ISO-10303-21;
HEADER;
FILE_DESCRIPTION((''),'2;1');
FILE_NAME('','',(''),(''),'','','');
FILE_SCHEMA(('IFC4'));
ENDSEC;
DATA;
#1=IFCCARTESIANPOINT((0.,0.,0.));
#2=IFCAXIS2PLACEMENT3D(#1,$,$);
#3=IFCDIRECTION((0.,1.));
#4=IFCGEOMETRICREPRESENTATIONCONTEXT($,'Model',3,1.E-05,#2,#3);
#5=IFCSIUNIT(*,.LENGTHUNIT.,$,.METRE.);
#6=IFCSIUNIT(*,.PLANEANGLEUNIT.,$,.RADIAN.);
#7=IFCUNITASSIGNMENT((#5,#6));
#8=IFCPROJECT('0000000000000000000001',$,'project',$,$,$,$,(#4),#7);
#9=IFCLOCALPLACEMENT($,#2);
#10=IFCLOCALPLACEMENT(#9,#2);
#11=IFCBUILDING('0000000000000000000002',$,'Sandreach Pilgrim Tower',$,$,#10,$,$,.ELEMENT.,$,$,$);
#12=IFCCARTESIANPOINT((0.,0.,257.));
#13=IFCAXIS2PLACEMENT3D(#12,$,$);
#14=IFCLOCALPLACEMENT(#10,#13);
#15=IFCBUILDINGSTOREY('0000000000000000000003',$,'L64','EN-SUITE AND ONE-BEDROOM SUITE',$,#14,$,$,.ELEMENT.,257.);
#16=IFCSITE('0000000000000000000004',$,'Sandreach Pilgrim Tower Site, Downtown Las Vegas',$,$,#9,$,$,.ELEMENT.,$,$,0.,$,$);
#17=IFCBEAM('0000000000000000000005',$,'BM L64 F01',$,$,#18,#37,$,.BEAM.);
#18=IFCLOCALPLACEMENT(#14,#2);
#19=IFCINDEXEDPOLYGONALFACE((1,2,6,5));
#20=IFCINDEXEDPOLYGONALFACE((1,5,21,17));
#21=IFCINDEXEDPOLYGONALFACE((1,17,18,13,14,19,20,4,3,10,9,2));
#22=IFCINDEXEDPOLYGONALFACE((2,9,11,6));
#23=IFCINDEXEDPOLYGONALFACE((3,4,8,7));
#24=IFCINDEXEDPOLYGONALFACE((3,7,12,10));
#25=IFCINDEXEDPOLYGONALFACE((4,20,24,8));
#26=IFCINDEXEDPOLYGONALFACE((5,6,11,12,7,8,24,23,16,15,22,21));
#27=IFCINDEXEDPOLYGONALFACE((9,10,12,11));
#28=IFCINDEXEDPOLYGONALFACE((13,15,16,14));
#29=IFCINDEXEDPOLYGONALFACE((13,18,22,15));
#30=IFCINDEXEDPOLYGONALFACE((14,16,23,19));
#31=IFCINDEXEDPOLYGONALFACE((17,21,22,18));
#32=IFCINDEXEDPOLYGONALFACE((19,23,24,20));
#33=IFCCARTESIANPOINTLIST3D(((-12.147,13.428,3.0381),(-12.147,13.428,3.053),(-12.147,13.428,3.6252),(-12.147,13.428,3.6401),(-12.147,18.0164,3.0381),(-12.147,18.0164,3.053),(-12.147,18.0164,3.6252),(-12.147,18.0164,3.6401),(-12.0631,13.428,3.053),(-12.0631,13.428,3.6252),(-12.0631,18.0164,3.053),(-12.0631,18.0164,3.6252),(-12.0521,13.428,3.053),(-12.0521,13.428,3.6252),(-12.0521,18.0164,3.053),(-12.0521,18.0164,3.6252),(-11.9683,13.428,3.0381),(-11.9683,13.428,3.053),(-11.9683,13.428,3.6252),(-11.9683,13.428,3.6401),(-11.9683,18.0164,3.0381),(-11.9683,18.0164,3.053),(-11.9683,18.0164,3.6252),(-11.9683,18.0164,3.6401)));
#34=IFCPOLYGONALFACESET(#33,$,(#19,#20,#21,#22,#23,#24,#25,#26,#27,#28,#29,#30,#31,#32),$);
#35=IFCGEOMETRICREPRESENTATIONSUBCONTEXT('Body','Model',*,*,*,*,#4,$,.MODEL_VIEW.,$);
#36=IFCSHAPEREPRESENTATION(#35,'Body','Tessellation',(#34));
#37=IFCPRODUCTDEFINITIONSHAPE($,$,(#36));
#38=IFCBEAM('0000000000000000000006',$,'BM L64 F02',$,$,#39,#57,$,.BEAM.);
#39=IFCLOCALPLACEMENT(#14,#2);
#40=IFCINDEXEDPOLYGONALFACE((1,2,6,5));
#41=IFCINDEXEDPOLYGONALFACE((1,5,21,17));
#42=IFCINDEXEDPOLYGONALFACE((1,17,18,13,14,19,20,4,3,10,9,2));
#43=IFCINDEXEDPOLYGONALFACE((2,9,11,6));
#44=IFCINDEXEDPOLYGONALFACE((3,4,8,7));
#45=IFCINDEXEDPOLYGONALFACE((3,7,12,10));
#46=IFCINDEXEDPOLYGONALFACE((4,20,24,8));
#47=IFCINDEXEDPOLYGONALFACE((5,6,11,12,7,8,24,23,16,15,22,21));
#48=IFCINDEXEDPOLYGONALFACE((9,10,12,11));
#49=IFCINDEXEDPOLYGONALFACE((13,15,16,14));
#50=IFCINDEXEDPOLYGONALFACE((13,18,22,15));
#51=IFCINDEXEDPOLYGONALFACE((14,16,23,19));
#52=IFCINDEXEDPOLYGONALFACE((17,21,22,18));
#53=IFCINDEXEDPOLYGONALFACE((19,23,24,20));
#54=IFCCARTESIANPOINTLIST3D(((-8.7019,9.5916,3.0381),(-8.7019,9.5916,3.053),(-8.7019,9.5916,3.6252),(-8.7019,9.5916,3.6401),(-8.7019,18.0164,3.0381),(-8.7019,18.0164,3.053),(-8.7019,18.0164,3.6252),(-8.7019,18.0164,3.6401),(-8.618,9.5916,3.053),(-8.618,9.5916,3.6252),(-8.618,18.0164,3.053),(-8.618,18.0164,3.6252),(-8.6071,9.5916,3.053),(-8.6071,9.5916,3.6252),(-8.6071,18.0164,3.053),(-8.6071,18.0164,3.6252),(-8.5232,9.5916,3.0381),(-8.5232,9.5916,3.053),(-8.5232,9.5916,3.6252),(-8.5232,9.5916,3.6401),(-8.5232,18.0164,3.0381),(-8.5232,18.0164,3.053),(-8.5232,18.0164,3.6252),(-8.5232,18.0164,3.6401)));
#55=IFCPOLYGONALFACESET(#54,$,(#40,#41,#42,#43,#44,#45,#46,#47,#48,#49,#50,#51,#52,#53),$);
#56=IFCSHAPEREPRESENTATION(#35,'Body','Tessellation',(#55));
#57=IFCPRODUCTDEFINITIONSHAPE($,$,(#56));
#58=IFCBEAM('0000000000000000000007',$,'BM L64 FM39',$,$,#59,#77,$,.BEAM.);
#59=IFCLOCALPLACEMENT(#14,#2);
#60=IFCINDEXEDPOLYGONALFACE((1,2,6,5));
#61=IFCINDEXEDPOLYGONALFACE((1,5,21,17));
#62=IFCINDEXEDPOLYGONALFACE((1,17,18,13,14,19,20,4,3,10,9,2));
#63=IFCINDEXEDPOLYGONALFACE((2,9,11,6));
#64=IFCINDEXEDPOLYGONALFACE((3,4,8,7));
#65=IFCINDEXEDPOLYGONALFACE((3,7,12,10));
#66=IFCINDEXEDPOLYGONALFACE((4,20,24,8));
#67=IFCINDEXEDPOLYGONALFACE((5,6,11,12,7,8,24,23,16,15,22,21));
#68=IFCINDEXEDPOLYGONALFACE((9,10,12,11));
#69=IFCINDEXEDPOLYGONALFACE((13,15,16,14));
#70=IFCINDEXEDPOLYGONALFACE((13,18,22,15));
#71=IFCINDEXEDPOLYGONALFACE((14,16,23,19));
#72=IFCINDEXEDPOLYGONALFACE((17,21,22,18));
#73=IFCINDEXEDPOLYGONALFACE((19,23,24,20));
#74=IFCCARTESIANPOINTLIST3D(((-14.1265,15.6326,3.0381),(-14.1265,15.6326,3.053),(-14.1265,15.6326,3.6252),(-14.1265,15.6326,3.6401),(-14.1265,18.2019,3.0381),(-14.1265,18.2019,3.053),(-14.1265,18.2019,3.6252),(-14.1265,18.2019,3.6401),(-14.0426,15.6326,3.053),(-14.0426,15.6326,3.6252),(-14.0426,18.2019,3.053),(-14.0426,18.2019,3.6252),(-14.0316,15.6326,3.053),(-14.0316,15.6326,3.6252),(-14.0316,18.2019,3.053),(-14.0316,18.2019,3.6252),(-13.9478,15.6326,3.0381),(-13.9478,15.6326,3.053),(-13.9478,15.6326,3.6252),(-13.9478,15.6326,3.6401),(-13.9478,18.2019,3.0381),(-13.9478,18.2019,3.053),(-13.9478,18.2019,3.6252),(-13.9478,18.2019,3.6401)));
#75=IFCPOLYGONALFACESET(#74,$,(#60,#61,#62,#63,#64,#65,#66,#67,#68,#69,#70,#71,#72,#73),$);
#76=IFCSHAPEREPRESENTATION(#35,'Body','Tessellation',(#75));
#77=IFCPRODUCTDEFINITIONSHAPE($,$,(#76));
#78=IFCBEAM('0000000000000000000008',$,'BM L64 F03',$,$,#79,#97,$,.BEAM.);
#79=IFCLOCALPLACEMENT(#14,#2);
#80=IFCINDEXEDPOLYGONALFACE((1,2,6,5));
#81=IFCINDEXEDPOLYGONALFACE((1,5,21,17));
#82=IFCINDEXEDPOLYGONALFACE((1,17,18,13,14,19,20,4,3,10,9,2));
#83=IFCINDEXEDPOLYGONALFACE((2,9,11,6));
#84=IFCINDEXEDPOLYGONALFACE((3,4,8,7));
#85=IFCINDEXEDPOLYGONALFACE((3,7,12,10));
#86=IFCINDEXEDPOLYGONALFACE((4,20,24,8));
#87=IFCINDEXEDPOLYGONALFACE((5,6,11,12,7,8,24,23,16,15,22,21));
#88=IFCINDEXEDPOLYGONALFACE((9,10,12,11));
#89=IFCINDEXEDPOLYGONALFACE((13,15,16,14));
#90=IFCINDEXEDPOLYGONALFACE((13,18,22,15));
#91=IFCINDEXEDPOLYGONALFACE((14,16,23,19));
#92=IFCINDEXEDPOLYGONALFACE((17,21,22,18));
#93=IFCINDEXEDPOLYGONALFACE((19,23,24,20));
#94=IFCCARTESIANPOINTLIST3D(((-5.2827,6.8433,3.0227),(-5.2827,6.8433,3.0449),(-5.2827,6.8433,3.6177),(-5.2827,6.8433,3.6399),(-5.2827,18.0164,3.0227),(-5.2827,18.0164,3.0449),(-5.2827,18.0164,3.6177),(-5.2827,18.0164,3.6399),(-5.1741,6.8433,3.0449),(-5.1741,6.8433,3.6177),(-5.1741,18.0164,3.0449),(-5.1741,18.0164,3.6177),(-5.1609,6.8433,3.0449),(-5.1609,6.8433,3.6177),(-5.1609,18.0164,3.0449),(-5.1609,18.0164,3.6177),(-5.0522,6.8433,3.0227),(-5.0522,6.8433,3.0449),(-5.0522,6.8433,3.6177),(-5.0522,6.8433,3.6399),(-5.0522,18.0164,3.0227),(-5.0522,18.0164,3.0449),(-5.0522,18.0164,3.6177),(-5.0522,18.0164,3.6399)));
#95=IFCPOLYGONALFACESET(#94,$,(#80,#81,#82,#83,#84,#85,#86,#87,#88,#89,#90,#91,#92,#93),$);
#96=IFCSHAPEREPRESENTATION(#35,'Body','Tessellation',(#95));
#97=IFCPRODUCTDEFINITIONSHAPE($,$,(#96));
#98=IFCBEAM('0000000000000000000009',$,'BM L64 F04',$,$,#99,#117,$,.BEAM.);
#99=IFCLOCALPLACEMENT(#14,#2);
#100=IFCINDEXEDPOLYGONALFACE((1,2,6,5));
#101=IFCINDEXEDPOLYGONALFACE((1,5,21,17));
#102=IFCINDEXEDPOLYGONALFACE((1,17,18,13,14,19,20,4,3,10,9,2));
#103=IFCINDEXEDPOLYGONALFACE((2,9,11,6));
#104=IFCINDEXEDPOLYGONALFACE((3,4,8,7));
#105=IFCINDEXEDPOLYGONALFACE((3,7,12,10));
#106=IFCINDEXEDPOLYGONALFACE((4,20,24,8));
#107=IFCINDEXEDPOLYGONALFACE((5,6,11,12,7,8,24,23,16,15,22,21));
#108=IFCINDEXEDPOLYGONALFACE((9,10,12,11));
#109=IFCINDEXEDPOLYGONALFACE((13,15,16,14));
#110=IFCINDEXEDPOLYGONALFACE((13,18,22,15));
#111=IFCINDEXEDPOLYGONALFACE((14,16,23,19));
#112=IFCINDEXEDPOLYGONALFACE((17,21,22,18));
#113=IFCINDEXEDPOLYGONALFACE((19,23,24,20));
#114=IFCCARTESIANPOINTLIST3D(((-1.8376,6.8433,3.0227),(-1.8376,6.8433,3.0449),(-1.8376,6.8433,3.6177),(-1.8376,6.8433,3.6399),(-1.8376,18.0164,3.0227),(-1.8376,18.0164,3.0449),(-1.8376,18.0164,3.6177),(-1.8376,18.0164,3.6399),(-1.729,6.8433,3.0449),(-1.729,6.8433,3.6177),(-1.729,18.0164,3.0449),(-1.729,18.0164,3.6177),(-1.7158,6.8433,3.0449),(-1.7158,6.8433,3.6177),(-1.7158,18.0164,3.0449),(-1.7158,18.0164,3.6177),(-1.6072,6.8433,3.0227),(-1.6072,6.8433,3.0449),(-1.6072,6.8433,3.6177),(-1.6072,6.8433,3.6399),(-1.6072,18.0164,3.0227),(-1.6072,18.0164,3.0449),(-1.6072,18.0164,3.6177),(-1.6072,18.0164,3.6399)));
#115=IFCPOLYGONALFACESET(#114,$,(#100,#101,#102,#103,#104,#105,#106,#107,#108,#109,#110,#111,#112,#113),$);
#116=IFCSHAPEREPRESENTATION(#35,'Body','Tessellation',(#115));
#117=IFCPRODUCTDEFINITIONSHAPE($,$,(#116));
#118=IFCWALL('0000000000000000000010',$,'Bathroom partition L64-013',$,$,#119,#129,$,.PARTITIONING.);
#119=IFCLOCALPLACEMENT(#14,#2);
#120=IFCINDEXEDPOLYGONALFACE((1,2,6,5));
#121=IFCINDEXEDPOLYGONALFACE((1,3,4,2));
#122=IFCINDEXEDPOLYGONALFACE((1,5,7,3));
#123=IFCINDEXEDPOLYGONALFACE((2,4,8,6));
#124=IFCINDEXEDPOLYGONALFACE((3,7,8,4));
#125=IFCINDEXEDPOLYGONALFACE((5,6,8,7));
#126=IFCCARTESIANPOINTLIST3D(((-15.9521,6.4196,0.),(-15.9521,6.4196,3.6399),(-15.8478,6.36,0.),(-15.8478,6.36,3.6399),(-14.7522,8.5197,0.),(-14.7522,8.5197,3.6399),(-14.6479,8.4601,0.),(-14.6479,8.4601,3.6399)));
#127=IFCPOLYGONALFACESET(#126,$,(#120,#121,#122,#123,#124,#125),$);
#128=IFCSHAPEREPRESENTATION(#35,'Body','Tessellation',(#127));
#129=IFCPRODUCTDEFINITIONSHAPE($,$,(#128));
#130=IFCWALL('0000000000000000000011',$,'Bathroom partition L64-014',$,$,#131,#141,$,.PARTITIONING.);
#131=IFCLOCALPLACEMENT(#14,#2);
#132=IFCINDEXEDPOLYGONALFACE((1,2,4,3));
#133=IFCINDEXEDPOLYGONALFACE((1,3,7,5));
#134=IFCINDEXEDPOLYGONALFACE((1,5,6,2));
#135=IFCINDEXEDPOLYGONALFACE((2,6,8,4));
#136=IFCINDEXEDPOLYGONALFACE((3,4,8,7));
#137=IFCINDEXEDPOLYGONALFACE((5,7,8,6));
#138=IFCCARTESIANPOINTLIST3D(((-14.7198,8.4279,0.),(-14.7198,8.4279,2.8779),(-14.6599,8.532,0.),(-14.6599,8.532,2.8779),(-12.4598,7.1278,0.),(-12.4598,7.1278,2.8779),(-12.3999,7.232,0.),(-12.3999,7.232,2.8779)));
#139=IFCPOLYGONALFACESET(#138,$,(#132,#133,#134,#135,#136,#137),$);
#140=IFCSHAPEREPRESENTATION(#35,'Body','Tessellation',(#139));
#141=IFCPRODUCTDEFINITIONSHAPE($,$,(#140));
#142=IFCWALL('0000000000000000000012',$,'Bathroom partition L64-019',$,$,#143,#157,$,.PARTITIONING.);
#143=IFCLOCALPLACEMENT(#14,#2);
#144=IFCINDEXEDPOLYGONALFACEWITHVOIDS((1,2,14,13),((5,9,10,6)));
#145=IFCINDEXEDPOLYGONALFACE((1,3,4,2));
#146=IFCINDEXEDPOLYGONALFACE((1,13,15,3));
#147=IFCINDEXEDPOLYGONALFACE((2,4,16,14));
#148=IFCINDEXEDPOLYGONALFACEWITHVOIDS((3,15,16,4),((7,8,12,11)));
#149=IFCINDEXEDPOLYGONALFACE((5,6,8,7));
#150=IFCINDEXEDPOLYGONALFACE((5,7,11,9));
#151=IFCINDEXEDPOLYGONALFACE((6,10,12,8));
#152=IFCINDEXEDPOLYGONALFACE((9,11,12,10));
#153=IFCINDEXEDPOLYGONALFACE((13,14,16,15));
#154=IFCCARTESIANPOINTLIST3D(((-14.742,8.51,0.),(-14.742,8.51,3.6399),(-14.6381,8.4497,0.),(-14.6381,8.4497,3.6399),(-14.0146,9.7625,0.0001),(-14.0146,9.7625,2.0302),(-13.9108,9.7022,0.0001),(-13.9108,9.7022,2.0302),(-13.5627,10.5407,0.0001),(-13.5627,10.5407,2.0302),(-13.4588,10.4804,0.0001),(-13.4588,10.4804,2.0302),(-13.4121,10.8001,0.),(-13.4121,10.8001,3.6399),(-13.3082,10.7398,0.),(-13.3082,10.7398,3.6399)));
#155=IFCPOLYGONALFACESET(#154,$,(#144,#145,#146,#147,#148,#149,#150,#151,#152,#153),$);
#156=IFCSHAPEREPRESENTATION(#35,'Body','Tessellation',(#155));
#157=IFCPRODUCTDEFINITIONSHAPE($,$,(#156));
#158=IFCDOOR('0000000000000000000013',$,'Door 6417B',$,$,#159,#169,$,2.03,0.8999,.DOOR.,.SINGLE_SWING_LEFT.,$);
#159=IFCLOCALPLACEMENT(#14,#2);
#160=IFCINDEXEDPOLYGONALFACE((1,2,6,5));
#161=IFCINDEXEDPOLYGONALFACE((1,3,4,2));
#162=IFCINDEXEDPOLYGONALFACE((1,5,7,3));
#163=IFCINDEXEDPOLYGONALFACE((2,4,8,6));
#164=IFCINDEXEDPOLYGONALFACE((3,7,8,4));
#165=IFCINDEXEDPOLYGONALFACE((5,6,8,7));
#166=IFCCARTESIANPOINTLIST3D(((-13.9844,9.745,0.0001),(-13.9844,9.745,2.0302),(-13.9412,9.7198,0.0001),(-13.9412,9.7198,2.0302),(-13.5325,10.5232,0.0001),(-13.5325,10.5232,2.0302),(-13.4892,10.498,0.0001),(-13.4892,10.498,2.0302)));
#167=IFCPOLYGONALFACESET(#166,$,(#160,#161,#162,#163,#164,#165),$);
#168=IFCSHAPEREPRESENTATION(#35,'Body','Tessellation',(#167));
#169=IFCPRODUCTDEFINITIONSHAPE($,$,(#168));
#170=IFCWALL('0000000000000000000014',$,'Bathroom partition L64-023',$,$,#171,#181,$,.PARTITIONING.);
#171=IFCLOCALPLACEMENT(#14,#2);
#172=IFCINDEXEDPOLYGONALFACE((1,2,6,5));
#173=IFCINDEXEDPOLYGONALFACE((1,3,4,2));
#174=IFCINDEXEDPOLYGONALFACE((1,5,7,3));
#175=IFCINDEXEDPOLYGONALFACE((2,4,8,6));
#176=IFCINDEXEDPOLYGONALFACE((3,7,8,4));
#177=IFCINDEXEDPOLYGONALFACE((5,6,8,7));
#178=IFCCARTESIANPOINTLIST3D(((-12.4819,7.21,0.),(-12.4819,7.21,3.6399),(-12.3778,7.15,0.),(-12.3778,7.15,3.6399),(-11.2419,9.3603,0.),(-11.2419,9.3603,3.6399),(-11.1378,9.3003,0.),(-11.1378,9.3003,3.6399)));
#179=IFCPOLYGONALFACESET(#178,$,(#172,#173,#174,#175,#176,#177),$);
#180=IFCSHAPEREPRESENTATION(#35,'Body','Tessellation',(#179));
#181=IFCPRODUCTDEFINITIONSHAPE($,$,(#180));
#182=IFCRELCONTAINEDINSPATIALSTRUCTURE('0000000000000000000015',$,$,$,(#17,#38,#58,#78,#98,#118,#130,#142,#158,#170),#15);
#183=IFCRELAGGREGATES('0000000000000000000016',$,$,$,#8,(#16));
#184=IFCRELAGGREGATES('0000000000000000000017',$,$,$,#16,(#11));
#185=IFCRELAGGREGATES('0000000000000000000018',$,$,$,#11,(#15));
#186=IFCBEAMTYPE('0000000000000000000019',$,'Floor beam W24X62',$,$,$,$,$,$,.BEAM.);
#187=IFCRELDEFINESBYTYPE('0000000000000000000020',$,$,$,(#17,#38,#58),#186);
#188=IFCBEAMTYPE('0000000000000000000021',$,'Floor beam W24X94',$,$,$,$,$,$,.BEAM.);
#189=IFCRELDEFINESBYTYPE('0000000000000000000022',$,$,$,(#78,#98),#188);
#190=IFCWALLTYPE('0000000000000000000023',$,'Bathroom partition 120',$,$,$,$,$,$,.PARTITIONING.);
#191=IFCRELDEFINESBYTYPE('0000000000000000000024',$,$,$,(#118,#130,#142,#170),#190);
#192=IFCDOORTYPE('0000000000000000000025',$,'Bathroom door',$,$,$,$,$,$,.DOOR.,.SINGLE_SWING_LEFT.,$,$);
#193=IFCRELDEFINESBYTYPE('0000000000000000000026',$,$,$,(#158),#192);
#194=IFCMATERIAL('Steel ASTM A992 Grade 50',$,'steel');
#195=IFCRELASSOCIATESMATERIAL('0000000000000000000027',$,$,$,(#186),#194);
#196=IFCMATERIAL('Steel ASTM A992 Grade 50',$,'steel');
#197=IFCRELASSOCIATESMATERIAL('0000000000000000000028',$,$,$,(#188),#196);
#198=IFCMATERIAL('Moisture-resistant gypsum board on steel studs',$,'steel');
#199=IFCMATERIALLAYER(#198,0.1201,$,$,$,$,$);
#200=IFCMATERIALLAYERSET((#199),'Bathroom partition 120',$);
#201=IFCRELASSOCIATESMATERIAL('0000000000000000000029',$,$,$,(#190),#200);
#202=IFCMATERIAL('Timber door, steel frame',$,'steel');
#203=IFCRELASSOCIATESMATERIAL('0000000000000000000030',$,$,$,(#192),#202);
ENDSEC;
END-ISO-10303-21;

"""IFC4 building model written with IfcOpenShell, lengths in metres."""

from ifc_helpers import new_model, si_unit, direction, frame, frame_2d, origin, origin_2d, place, context, subcontext, project, spatial, rectangle, i_section, extrude, material, layer, layer_set, material_profile, profile_set, type_object, element, fill, save


model = new_model("IFC4")

# Units and contexts
model_context = context("Model", 3, precision=1e-05, world=origin(), true_north=direction((0.0, 1.0)))
body_context = subcontext(model_context, "Body", "Model", "MODEL_VIEW")
ifc_project = project(units=[si_unit("LENGTHUNIT", "METRE"), si_unit("PLANEANGLEUNIT", "RADIAN")], contexts=[model_context])

# Site, building, storey
site_placement = place(None, origin())
site = spatial("IfcSite", under=ifc_project, at=site_placement, Name="Sandreach Pilgrim Tower Site, Downtown Las Vegas", CompositionType="ELEMENT", RefElevation=0.0)
building_placement = place(site_placement, origin())
building = spatial("IfcBuilding", under=site, at=building_placement, Name="Sandreach Pilgrim Tower", CompositionType="ELEMENT")
storey_placement = place(building_placement, frame((0.0, 0.0, 257.0)))
storey = spatial("IfcBuildingStorey", under=building, at=storey_placement, Name="L64", Description="EN-SUITE AND ONE-BEDROOM SUITE", CompositionType="ELEMENT", Elevation=257.0)

# Beams
ifc_material_1 = material(Name="Steel ASTM A992 Grade 50", Category="steel")
ifc_material_profile_1 = material_profile(ifc_material_1, i_section(OverallWidth=0.1787, OverallDepth=0.6021, WebThickness=0.011, FlangeThickness=0.0149, at=origin_2d()), Name="W24X62")
ifc_profile_set_1 = profile_set([ifc_material_profile_1], Name="Steel ASTM A992 Grade 50")
beam_type_1 = type_object("IfcBeamType", Name="Floor beam W24X62", PredefinedType="BEAM", material=ifc_profile_set_1)
beam_1_placement = place(storey_placement, frame((-12.0576, 18.0164, 3.3391), z_axis=(0.0, -1.0, 0.0), x_axis=(1.0, 0.0, 0.0)))
element("IfcBeam", 1, at=beam_1_placement, inside=storey, type_object=beam_type_1, Name="BM L64 F01", PredefinedType="BEAM", context=body_context, shape_type="SweptSolid", body=[
    extrude(i_section(OverallWidth=0.1787, OverallDepth=0.6021, WebThickness=0.011, FlangeThickness=0.0149, at=origin_2d()), origin(), (0.0, 0.0, 1.0), 4.5884),
])
beam_2_placement = place(storey_placement, frame((-8.6125, 18.0164, 3.3391), z_axis=(0.0, -1.0, 0.0), x_axis=(1.0, 0.0, 0.0)))
element("IfcBeam", 2, at=beam_2_placement, inside=storey, type_object=beam_type_1, Name="BM L64 F02", PredefinedType="BEAM", context=body_context, shape_type="SweptSolid", body=[
    extrude(i_section(OverallWidth=0.1787, OverallDepth=0.6021, WebThickness=0.011, FlangeThickness=0.0149, at=origin_2d()), origin(), (0.0, 0.0, 1.0), 8.4248),
])
beam_3_placement = place(storey_placement, frame((-14.0371, 18.2019, 3.3391), z_axis=(0.0, -1.0, 0.0), x_axis=(1.0, 0.0, 0.0)))
element("IfcBeam", 3, at=beam_3_placement, inside=storey, type_object=beam_type_1, Name="BM L64 FM39", PredefinedType="BEAM", context=body_context, shape_type="SweptSolid", body=[
    extrude(i_section(OverallWidth=0.1787, OverallDepth=0.6021, WebThickness=0.011, FlangeThickness=0.0149, at=origin_2d()), origin(), (0.0, 0.0, 1.0), 2.5693),
])
ifc_material_2 = material(Name="Steel ASTM A992 Grade 50", Category="steel")
ifc_material_profile_2 = material_profile(ifc_material_2, i_section(OverallWidth=0.2305, OverallDepth=0.6172, WebThickness=0.0132, FlangeThickness=0.0222, at=origin_2d()), Name="W24X94")
ifc_profile_set_2 = profile_set([ifc_material_profile_2], Name="Steel ASTM A992 Grade 50")
beam_type_2 = type_object("IfcBeamType", Name="Floor beam W24X94", PredefinedType="BEAM", material=ifc_profile_set_2)
for number, where, z_axis, x_axis, name in (
    (4, (-5.1675, 18.0164, 3.3313), (0.0, -1.0, 0.0), (1.0, 0.0, 0.0), "BM L64 F03"),
    (5, (-1.7224, 18.0164, 3.3313), (0.0, -1.0, 0.0), (1.0, 0.0, 0.0), "BM L64 F04"),
):
    element("IfcBeam", number, at=place(storey_placement, frame(where, z_axis=z_axis, x_axis=x_axis)), inside=storey, type_object=beam_type_2, Name=name, PredefinedType="BEAM", context=body_context, shape_type="SweptSolid", body=[
        extrude(i_section(OverallWidth=0.2305, OverallDepth=0.6172, WebThickness=0.0132, FlangeThickness=0.0222, at=origin_2d()), origin(), (0.0, 0.0, 1.0), 11.1731),
    ])

# Walls
ifc_material_3 = material(Name="Moisture-resistant gypsum board on steel studs", Category="steel")
ifc_layer_1 = layer(ifc_material_3, 0.1201)
ifc_layer_set_1 = layer_set([ifc_layer_1], Name="Bathroom partition 120")
wall_type_1 = type_object("IfcWallType", Name="Bathroom partition 120", PredefinedType="PARTITIONING", material=ifc_layer_set_1)
wall_1_placement = place(storey_placement, frame((-14.7, 8.49, 0.0), z_axis=(0.0, 0.0, 1.0), x_axis=(-0.496106, -0.868262, 0.0)))
element("IfcWall", 6, at=wall_1_placement, inside=storey, type_object=wall_type_1, Name="Bathroom partition L64-013", PredefinedType="PARTITIONING", context=body_context, shape_type="SweptSolid", body=[
    extrude(rectangle(XDim=2.4187, YDim=0.1201, at=frame_2d((1.2095, 0.0))), origin(), (0.0, 0.0, 1.0), 3.6399),
])
wall_2_placement = place(storey_placement, frame((-14.6899, 8.48, 0.0), z_axis=(0.0, 0.0, 1.0), x_axis=(0.866816, -0.498628, 0.0)))
element("IfcWall", 7, at=wall_2_placement, inside=storey, type_object=wall_type_1, Name="Bathroom partition L64-014", PredefinedType="PARTITIONING", context=body_context, shape_type="SweptSolid", body=[
    extrude(rectangle(XDim=2.6072, YDim=0.1201, at=frame_2d((1.3037, 0.0))), origin(), (0.0, 0.0, 1.0), 2.8779),
])

# Wall, opening, door
wall_3_placement = place(storey_placement, frame((-13.3601, 10.77, 0.0), z_axis=(0.0, 0.0, 1.0), x_axis=(-0.502173, -0.864767, 0.0)))
wall_3 = element("IfcWall", 8, at=wall_3_placement, inside=storey, type_object=wall_type_1, Name="Bathroom partition L64-019", PredefinedType="PARTITIONING", context=body_context, shape_type="SweptSolid", body=[
    extrude(rectangle(XDim=2.6482, YDim=0.1201, at=frame_2d((1.3242, 0.0))), origin(), (0.0, 0.0, 1.0), 3.6399),
])
opening_1_placement = place(wall_3_placement, frame((0.3, 0.0, 0.0)))
opening_1 = element("IfcOpeningElement", 9, at=opening_1_placement, cuts=wall_3, PredefinedType="OPENING", context=body_context, shape_type="SweptSolid", body=[
    extrude(rectangle(XDim=0.8999, YDim=2.03, at=frame_2d((0.45, 1.0151))), frame((0.0, 0.0601, 0.0), z_axis=(0.0, -1.0, 0.0), x_axis=(1.0, 0.0, 0.0)), (0.0, 0.0, 1.0), 0.1201),
])
ifc_material_4 = material(Name="Timber door, steel frame", Category="steel")
door_type_1 = type_object("IfcDoorType", Name="Bathroom door", OperationType="SINGLE_SWING_LEFT", PredefinedType="DOOR", material=ifc_material_4)
door_1_placement = place(opening_1_placement, origin())
door_1 = element("IfcDoor", 10, at=door_1_placement, inside=storey, type_object=door_type_1, Name="Door 6417B", OperationType="SINGLE_SWING_LEFT", OverallHeight=2.03, OverallWidth=0.8999, PredefinedType="DOOR", context=body_context, shape_type="SweptSolid", body=[
    extrude(rectangle(XDim=0.8999, YDim=2.03, at=frame_2d((0.45, 1.0151))), frame((0.0, 0.0249, 0.0), z_axis=(0.0, -1.0, 0.0), x_axis=(1.0, 0.0, 0.0)), (0.0, 0.0, 1.0), 0.05),
])
fill(opening_1, door_1)

# Wall
wall_4_placement = place(storey_placement, frame((-12.4299, 7.1799, 0.0), z_axis=(0.0, 0.0, 1.0), x_axis=(0.499578, 0.866269, 0.0)))
element("IfcWall", 11, at=wall_4_placement, inside=storey, type_object=wall_type_1, Name="Bathroom partition L64-023", PredefinedType="PARTITIONING", context=body_context, shape_type="SweptSolid", body=[
    extrude(rectangle(XDim=2.4822, YDim=0.1201, at=frame_2d((1.2412, 0.0))), origin(), (0.0, 0.0, 1.0), 3.6399),
])

save(model, "model.ifc")
